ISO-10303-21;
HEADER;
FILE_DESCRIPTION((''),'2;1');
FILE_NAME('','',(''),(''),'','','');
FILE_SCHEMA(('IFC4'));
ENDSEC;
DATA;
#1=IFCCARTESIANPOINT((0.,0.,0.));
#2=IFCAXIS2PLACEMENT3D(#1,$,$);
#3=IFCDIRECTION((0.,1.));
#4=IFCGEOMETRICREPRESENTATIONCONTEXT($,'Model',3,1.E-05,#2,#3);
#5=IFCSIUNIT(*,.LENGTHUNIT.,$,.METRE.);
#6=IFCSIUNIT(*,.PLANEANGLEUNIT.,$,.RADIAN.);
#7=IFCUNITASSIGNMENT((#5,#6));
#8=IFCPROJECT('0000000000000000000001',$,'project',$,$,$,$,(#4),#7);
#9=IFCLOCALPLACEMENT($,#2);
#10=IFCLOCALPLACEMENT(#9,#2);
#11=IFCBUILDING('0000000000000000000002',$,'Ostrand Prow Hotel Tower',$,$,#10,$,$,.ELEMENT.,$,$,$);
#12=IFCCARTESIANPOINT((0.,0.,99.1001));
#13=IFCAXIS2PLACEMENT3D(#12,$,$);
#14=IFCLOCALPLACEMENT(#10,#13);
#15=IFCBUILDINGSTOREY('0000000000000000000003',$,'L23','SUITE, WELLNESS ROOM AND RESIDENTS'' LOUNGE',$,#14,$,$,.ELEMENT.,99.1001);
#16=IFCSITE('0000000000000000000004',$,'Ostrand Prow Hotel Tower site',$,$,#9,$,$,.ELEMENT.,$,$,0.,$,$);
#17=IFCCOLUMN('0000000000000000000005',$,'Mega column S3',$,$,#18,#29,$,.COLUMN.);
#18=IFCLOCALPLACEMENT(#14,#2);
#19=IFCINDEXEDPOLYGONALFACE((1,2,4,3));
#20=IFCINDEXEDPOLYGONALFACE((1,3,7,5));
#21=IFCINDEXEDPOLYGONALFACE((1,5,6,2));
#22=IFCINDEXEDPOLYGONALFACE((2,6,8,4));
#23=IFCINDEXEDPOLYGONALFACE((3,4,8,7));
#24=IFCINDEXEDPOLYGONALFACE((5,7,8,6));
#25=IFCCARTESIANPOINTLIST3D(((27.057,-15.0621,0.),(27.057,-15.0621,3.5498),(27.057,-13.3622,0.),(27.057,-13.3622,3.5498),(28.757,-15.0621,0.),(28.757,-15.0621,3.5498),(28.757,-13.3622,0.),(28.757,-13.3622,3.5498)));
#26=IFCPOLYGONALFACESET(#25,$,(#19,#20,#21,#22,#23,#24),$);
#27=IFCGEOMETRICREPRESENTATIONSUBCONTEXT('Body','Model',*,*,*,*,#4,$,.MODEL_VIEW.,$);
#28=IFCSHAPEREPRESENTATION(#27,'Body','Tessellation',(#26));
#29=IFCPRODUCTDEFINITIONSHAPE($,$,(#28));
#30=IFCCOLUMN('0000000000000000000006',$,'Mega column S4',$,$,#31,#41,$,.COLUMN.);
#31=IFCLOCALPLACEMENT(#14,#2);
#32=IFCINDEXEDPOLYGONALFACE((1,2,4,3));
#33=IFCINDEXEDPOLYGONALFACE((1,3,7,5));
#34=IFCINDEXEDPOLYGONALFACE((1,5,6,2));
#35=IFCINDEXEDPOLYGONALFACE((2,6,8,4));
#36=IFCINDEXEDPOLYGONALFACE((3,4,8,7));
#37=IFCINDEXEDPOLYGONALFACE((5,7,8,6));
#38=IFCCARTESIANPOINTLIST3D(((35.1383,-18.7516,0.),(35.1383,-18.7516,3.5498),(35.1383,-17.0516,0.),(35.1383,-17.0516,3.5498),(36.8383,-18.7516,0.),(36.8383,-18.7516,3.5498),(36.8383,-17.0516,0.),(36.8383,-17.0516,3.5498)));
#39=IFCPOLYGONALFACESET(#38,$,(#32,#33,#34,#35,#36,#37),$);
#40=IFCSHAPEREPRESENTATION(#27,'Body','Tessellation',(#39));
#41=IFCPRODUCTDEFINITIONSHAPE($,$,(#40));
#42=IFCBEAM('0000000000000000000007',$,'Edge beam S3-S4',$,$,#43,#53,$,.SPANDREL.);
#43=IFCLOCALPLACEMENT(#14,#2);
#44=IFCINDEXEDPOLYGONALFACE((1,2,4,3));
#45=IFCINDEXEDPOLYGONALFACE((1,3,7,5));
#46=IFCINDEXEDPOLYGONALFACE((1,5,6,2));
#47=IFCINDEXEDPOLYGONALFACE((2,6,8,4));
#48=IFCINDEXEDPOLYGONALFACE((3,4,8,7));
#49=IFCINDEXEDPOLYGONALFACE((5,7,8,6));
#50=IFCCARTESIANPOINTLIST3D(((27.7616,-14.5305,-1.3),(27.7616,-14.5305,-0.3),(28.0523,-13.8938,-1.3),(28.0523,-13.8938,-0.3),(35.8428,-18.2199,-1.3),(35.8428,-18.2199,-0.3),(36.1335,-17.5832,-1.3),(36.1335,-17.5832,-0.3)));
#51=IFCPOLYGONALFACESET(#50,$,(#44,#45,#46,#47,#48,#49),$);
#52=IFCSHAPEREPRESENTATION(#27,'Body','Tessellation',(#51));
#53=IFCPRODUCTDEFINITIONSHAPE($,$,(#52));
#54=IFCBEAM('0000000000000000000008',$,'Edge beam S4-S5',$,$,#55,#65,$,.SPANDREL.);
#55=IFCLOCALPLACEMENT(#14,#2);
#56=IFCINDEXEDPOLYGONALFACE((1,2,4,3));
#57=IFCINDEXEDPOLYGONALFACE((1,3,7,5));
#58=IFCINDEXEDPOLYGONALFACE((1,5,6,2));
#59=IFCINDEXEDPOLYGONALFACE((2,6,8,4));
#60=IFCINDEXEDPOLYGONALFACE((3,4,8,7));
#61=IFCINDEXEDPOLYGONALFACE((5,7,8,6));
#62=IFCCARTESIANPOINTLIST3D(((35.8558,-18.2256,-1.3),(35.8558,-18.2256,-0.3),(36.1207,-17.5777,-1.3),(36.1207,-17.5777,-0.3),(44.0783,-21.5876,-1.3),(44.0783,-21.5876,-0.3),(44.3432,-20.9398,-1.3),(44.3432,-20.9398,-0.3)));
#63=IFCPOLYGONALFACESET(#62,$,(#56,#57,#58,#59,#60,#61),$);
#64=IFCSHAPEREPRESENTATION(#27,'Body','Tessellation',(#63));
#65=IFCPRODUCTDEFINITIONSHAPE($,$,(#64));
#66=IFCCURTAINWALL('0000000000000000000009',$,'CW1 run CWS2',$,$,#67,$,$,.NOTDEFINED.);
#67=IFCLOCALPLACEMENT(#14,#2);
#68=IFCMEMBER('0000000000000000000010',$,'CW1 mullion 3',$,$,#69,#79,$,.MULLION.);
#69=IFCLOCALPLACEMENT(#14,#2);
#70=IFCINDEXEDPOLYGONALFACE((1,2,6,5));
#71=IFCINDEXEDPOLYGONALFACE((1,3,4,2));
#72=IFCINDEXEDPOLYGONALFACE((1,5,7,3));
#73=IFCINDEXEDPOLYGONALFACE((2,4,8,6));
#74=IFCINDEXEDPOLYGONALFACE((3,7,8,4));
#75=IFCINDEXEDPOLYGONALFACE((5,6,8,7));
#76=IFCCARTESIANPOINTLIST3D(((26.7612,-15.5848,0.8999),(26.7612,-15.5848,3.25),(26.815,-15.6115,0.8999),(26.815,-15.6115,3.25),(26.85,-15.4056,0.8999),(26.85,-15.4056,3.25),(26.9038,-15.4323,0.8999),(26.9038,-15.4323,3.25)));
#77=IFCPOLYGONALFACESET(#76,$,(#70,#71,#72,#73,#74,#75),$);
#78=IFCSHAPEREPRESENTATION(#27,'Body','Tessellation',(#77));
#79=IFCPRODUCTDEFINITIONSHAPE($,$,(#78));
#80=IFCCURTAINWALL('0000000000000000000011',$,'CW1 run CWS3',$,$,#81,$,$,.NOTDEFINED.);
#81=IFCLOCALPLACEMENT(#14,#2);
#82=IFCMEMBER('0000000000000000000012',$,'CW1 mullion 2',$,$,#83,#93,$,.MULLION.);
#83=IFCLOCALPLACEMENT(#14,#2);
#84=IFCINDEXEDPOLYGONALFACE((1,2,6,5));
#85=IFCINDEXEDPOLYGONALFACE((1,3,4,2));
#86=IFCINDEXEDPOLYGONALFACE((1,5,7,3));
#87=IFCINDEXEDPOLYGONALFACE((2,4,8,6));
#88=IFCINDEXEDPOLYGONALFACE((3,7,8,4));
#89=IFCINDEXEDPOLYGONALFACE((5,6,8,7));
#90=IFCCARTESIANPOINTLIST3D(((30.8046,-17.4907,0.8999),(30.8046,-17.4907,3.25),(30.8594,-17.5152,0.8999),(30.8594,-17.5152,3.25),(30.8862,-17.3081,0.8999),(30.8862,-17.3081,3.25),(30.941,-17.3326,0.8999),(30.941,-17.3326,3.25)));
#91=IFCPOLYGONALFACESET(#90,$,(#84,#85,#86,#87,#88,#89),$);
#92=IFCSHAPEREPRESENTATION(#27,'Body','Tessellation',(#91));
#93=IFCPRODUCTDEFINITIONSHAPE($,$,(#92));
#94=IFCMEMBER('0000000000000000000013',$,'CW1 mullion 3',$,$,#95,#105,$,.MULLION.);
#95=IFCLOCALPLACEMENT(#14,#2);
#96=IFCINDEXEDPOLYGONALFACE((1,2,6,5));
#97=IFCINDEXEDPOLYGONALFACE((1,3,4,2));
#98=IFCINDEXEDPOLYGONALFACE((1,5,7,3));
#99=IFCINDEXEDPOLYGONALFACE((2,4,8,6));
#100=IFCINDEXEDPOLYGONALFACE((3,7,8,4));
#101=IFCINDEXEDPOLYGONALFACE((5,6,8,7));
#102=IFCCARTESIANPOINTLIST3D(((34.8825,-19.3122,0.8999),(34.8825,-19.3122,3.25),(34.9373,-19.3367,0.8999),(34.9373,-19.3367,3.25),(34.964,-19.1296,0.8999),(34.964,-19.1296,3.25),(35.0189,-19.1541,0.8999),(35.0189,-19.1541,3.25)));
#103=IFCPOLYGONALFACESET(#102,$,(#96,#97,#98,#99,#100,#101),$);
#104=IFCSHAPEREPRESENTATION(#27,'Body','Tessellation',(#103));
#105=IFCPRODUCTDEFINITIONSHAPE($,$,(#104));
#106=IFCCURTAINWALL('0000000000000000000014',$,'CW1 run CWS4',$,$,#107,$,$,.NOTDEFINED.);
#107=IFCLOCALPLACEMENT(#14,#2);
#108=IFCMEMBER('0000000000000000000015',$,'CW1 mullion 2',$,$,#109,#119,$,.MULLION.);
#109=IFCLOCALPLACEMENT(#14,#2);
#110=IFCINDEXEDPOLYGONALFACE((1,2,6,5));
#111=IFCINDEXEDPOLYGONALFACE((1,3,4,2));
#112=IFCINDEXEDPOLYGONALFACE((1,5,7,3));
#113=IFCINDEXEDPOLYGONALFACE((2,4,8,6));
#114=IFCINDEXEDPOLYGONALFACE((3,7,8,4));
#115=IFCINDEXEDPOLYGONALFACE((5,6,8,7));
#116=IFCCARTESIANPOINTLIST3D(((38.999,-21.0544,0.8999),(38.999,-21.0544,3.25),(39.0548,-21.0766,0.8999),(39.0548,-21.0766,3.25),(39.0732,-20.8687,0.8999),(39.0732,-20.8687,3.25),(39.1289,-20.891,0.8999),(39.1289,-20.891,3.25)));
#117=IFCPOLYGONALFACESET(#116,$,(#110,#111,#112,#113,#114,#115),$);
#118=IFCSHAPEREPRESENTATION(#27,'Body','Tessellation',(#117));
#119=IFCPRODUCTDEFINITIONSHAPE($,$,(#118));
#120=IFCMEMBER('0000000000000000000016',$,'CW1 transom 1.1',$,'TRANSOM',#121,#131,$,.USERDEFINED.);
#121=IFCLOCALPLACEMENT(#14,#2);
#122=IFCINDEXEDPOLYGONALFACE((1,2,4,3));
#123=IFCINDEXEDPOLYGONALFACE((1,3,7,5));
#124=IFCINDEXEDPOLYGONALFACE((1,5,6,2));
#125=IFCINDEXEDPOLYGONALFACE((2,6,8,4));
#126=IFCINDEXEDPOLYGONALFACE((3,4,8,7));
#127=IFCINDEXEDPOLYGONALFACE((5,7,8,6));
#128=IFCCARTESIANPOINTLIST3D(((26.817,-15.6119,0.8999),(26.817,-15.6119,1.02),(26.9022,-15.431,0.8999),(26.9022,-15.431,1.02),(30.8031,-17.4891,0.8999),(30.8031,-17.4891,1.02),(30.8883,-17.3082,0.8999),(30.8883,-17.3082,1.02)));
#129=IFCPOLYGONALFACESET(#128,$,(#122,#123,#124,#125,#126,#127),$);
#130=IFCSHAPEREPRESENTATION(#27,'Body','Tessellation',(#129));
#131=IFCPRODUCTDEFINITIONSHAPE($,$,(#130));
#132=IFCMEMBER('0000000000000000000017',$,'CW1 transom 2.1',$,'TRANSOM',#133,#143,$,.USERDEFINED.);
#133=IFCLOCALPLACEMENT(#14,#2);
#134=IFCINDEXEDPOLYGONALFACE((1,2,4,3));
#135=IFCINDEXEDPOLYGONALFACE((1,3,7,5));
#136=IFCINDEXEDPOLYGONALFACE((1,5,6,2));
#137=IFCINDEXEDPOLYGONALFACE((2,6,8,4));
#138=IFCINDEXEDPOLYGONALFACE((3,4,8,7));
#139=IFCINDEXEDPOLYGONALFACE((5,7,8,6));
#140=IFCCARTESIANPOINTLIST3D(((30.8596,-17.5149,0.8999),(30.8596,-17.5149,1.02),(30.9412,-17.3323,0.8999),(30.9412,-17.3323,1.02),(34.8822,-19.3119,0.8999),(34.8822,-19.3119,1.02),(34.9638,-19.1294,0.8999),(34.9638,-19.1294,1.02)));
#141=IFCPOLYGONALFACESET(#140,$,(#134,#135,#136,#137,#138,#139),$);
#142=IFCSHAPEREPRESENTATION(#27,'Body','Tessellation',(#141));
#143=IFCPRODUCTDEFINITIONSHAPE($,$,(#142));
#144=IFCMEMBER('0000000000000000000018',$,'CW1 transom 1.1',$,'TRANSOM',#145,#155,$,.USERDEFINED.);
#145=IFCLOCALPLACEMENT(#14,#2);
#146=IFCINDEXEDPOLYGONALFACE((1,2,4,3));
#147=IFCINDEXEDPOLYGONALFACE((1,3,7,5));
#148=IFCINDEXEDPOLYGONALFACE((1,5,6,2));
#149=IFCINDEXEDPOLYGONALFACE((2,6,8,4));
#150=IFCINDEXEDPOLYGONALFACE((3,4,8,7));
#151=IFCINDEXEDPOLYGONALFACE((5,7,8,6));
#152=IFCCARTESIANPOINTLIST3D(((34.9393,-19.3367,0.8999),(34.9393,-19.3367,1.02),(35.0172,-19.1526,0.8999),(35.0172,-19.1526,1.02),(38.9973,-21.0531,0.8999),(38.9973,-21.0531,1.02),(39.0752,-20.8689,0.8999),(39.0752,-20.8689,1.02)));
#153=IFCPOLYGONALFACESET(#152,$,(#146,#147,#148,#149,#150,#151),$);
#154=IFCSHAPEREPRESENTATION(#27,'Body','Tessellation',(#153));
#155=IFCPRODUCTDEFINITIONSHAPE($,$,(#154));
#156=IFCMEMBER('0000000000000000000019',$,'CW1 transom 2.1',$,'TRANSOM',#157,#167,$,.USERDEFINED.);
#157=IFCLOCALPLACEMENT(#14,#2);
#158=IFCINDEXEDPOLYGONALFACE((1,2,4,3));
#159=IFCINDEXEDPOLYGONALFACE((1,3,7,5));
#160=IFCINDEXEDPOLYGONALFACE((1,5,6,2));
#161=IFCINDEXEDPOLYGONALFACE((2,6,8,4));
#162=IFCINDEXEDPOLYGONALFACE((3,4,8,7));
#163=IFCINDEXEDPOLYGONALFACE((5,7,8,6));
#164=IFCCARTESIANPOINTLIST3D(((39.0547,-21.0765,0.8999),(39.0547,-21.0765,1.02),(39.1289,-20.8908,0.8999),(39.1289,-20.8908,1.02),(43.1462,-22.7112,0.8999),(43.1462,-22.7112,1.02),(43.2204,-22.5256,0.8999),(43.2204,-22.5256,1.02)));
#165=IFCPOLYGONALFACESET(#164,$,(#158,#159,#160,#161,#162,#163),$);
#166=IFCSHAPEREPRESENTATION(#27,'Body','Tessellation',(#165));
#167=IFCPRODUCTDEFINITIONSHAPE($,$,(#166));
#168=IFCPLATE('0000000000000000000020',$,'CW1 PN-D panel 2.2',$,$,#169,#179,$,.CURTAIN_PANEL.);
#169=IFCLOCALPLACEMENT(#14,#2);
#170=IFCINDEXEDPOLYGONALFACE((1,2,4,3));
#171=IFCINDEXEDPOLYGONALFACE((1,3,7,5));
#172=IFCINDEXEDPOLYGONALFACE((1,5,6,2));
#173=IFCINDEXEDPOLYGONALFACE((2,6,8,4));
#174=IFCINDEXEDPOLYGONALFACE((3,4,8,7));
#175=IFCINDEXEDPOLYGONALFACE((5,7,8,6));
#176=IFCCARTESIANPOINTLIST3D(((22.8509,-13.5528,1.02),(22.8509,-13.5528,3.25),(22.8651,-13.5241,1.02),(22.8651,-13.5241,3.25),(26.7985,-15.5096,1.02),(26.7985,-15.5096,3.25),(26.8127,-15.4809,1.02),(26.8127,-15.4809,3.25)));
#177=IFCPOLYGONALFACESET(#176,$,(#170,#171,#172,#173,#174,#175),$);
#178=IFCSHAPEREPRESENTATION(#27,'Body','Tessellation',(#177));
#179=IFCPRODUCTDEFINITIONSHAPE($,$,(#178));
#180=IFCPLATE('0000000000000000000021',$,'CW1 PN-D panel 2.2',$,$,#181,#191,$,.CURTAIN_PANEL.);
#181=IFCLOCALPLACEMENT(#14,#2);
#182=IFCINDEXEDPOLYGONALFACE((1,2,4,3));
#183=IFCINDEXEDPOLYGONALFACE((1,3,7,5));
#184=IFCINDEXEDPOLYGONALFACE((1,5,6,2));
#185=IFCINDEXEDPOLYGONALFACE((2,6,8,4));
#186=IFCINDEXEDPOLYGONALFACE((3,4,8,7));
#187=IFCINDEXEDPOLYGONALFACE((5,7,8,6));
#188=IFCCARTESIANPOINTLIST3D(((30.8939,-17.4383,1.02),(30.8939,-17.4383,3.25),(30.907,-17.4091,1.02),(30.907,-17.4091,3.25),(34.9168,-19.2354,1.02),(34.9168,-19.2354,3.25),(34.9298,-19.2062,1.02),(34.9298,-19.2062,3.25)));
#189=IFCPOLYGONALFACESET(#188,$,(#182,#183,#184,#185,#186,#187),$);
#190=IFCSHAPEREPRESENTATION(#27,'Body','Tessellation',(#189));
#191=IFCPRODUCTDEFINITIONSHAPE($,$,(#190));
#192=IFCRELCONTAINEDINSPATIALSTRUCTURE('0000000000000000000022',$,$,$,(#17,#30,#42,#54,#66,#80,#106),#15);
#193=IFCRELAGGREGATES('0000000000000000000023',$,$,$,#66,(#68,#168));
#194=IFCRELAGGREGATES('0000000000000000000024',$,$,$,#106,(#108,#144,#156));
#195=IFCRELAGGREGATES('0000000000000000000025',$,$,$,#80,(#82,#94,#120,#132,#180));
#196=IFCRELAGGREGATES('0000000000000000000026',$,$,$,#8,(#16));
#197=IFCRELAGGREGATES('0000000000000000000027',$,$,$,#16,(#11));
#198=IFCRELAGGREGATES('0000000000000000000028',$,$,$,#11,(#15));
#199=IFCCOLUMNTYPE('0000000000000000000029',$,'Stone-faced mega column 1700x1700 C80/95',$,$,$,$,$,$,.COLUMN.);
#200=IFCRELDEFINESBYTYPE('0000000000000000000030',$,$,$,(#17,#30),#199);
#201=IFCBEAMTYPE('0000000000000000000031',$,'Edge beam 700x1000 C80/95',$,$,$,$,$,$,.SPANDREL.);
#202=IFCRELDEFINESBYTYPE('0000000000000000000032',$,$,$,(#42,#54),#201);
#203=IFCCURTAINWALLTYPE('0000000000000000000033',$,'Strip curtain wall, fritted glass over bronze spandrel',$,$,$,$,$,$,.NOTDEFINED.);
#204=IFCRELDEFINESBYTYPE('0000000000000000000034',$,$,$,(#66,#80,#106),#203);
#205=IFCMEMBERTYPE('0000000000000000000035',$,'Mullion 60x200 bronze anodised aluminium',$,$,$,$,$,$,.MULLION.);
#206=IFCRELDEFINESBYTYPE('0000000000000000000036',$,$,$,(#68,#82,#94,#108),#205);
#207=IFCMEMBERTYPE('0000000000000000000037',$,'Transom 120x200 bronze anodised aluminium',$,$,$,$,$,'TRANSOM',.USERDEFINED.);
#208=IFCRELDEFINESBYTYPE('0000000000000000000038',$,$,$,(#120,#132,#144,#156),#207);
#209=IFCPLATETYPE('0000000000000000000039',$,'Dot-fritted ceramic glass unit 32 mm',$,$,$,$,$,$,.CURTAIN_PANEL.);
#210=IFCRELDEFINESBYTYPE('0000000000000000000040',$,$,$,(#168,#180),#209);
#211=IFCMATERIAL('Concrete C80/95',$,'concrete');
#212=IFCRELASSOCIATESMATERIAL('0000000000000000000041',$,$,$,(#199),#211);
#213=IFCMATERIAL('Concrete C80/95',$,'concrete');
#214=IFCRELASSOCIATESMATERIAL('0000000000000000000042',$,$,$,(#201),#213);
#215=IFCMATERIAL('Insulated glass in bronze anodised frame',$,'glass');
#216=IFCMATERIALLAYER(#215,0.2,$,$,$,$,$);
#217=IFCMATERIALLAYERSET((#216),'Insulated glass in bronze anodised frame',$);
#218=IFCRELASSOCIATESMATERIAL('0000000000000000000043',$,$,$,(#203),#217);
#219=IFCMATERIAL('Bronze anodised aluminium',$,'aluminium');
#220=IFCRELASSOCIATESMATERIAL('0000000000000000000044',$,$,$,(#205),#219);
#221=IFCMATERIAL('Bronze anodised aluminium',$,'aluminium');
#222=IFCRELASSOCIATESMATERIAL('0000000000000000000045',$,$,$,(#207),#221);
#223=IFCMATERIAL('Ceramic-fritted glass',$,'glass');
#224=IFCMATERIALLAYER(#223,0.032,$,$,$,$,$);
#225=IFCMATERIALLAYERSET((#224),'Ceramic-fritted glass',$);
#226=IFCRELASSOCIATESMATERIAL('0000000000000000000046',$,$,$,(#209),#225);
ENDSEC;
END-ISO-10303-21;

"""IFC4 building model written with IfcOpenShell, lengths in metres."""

from ifc_helpers import new_model, si_unit, direction, frame, origin, origin_2d, place, context, subcontext, project, spatial, rectangle, extrude, material, layer, layer_set, material_profile, profile_set, type_object, element, aggregate, save


model = new_model("IFC4")

# Units and contexts
model_context = context("Model", 3, precision=1e-05, world=origin(), true_north=direction((0.0, 1.0)))
body_context = subcontext(model_context, "Body", "Model", "MODEL_VIEW")
ifc_project = project(units=[si_unit("LENGTHUNIT", "METRE"), si_unit("PLANEANGLEUNIT", "RADIAN")], contexts=[model_context])

# Site, building, storey
site_placement = place(None, origin())
site = spatial("IfcSite", under=ifc_project, at=site_placement, Name="Ostrand Prow Hotel Tower site", CompositionType="ELEMENT", RefElevation=0.0)
building_placement = place(site_placement, origin())
building = spatial("IfcBuilding", under=site, at=building_placement, Name="Ostrand Prow Hotel Tower", CompositionType="ELEMENT")
storey_placement = place(building_placement, frame((0.0, 0.0, 99.1001)))
storey = spatial("IfcBuildingStorey", under=building, at=storey_placement, Name="L23", Description="SUITE, WELLNESS ROOM AND RESIDENTS' LOUNGE", CompositionType="ELEMENT", Elevation=99.1001)

# Columns
ifc_material_1 = material(Name="Concrete C80/95", Category="concrete")
ifc_material_profile_1 = material_profile(ifc_material_1, rectangle(XDim=1.7, YDim=1.7, at=origin_2d()), Name="RC 1700x1700")
ifc_profile_set_1 = profile_set([ifc_material_profile_1], Name="Concrete C80/95")
column_type = type_object("IfcColumnType", Name="Stone-faced mega column 1700x1700 C80/95", PredefinedType="COLUMN", material=ifc_profile_set_1)
for number, where, z_axis, x_axis, name in (
    (1, (27.907, -14.2122, 0.0), (0.0, 0.0, 1.0), (1.0, 0.0, 0.0), "Mega column S3"),
    (2, (35.9883, -17.9016, 0.0), (0.0, 0.0, 1.0), (1.0, 0.0, 0.0), "Mega column S4"),
):
    element("IfcColumn", number, at=place(storey_placement, frame(where, z_axis=z_axis, x_axis=x_axis)), inside=storey, type_object=column_type, Name=name, PredefinedType="COLUMN", context=body_context, shape_type="SweptSolid", body=[
        extrude(rectangle(XDim=1.7, YDim=1.7, at=origin_2d()), origin(), (0.0, 0.0, 1.0), 3.5498),
    ])

# Beams
ifc_material_2 = material(Name="Concrete C80/95", Category="concrete")
ifc_material_profile_2 = material_profile(ifc_material_2, rectangle(XDim=0.7, YDim=1.0, at=origin_2d()), Name="RC 700x1000")
ifc_profile_set_2 = profile_set([ifc_material_profile_2], Name="Concrete C80/95")
beam_type = type_object("IfcBeamType", Name="Edge beam 700x1000 C80/95", PredefinedType="SPANDREL", material=ifc_profile_set_2)
beam_1_placement = place(storey_placement, frame((27.907, -14.2122, -0.8), z_axis=(0.909681, -0.415308, 0.0), x_axis=(0.415308, 0.909681, 0.0)))
element("IfcBeam", 3, at=beam_1_placement, inside=storey, type_object=beam_type, Name="Edge beam S3-S4", PredefinedType="SPANDREL", context=body_context, shape_type="SweptSolid", body=[
    extrude(rectangle(XDim=0.7, YDim=1.0, at=origin_2d()), origin(), (0.0, 0.0, 1.0), 8.8835),
])
beam_2_placement = place(storey_placement, frame((35.9883, -17.9016, -0.8), z_axis=(0.925612, -0.378473, 0.0), x_axis=(0.378473, 0.925612, 0.0)))
element("IfcBeam", 4, at=beam_2_placement, inside=storey, type_object=beam_type, Name="Edge beam S4-S5", PredefinedType="SPANDREL", context=body_context, shape_type="SweptSolid", body=[
    extrude(rectangle(XDim=0.7, YDim=1.0, at=origin_2d()), origin(), (0.0, 0.0, 1.0), 8.8833),
])

# Curtain wall, member
ifc_material_3 = material(Name="Insulated glass in bronze anodised frame", Category="glass")
ifc_layer_1 = layer(ifc_material_3, 0.2)
ifc_layer_set_1 = layer_set([ifc_layer_1], Name="Insulated glass in bronze anodised frame")
curtain_wall_type = type_object("IfcCurtainWallType", Name="Strip curtain wall, fritted glass over bronze spandrel", PredefinedType="NOTDEFINED", material=ifc_layer_set_1)
curtain_wall_1_placement = place(storey_placement, origin())
curtain_wall_1 = element("IfcCurtainWall", 5, at=curtain_wall_1_placement, inside=storey, type_object=curtain_wall_type, Name="CW1 run CWS2", PredefinedType="NOTDEFINED")
ifc_material_4 = material(Name="Bronze anodised aluminium", Category="aluminium")
ifc_material_profile_3 = material_profile(ifc_material_4, rectangle(XDim=0.2, YDim=0.0601, at=origin_2d()), Name="Mullion 60x200 bronze anodised aluminium")
ifc_profile_set_3 = profile_set([ifc_material_profile_3], Name="Bronze anodised aluminium")
member_type_1 = type_object("IfcMemberType", Name="Mullion 60x200 bronze anodised aluminium", PredefinedType="MULLION", material=ifc_profile_set_3)
member_1_placement = place(storey_placement, frame((26.8325, -15.5085, 0.8999), z_axis=(0.0, 0.0, 1.0), x_axis=(0.444113, 0.895971, 0.0)))
member_1 = element("IfcMember", 6, at=member_1_placement, type_object=member_type_1, Name="CW1 mullion 3", PredefinedType="MULLION", context=body_context, shape_type="SweptSolid", body=[
    extrude(rectangle(XDim=0.2, YDim=0.0601, at=origin_2d()), origin(), (0.0, 0.0, 1.0), 2.3501),
])

# Curtain wall, members
curtain_wall_2_placement = place(storey_placement, origin())
curtain_wall_2 = element("IfcCurtainWall", 7, at=curtain_wall_2_placement, inside=storey, type_object=curtain_wall_type, Name="CW1 run CWS3", PredefinedType="NOTDEFINED")
member_2_placement = place(storey_placement, frame((30.8728, -17.4116, 0.8999), z_axis=(0.0, 0.0, 1.0), x_axis=(0.407875, 0.913038, 0.0)))
member_2 = element("IfcMember", 8, at=member_2_placement, type_object=member_type_1, Name="CW1 mullion 2", PredefinedType="MULLION", context=body_context, shape_type="SweptSolid", body=[
    extrude(rectangle(XDim=0.2, YDim=0.0601, at=origin_2d()), origin(), (0.0, 0.0, 1.0), 2.3501),
])
member_3_placement = place(storey_placement, frame((34.9507, -19.2332, 0.8999), z_axis=(0.0, 0.0, 1.0), x_axis=(0.407875, 0.913038, 0.0)))
member_3 = element("IfcMember", 9, at=member_3_placement, type_object=member_type_1, Name="CW1 mullion 3", PredefinedType="MULLION", context=body_context, shape_type="SweptSolid", body=[
    extrude(rectangle(XDim=0.2, YDim=0.0601, at=origin_2d()), origin(), (0.0, 0.0, 1.0), 2.3501),
])

# Curtain wall, member
curtain_wall_3_placement = place(storey_placement, origin())
curtain_wall_3 = element("IfcCurtainWall", 10, at=curtain_wall_3_placement, inside=storey, type_object=curtain_wall_type, Name="CW1 run CWS4", PredefinedType="NOTDEFINED")
member_4_placement = place(storey_placement, frame((39.064, -20.9727, 0.8999), z_axis=(0.0, 0.0, 1.0), x_axis=(0.370982, 0.92864, 0.0)))
member_4 = element("IfcMember", 11, at=member_4_placement, type_object=member_type_1, Name="CW1 mullion 2", PredefinedType="MULLION", context=body_context, shape_type="SweptSolid", body=[
    extrude(rectangle(XDim=0.2, YDim=0.0601, at=origin_2d()), origin(), (0.0, 0.0, 1.0), 2.3501),
])

# Members
ifc_material_5 = material(Name="Bronze anodised aluminium", Category="aluminium")
ifc_material_profile_4 = material_profile(ifc_material_5, rectangle(XDim=0.2, YDim=0.1201, at=origin_2d()), Name="Transom 120x200 bronze anodised aluminium")
ifc_profile_set_4 = profile_set([ifc_material_profile_4], Name="Bronze anodised aluminium")
member_type_2 = type_object("IfcMemberType", Name="Transom 120x200 bronze anodised aluminium", ElementType="TRANSOM", PredefinedType="USERDEFINED", material=ifc_profile_set_4)
member_5_placement = place(storey_placement, frame((26.8596, -15.5215, 0.96), z_axis=(0.904697, -0.426056, 0.0), x_axis=(0.426056, 0.904697, 0.0)))
member_5 = element("IfcMember", 12, at=member_5_placement, type_object=member_type_2, Name="CW1 transom 1.1", ObjectType="TRANSOM", PredefinedType="USERDEFINED", context=body_context, shape_type="SweptSolid", body=[
    extrude(rectangle(XDim=0.2, YDim=0.1201, at=origin_2d()), origin(), (0.0, 0.0, 1.0), 4.406),
])
member_6_placement = place(storey_placement, frame((30.9004, -17.4236, 0.96), z_axis=(0.913031, -0.407891, 0.0), x_axis=(0.407891, 0.913031, 0.0)))
member_6 = element("IfcMember", 13, at=member_6_placement, type_object=member_type_2, Name="CW1 transom 2.1", ObjectType="TRANSOM", PredefinedType="USERDEFINED", context=body_context, shape_type="SweptSolid", body=[
    extrude(rectangle(XDim=0.2, YDim=0.1201, at=origin_2d()), origin(), (0.0, 0.0, 1.0), 4.4058),
])
member_7_placement = place(storey_placement, frame((34.9783, -19.2446, 0.96), z_axis=(0.921006, -0.389548, 0.0), x_axis=(0.389548, 0.921006, 0.0)))
member_7 = element("IfcMember", 14, at=member_7_placement, type_object=member_type_2, Name="CW1 transom 1.1", ObjectType="TRANSOM", PredefinedType="USERDEFINED", context=body_context, shape_type="SweptSolid", body=[
    extrude(rectangle(XDim=0.2, YDim=0.1201, at=origin_2d()), origin(), (0.0, 0.0, 1.0), 4.406),
])
member_8_placement = place(storey_placement, frame((39.0918, -20.9836, 0.96), z_axis=(0.928622, -0.371028, 0.0), x_axis=(0.371028, 0.928622, 0.0)))
member_8 = element("IfcMember", 15, at=member_8_placement, type_object=member_type_2, Name="CW1 transom 2.1", ObjectType="TRANSOM", PredefinedType="USERDEFINED", context=body_context, shape_type="SweptSolid", body=[
    extrude(rectangle(XDim=0.2, YDim=0.1201, at=origin_2d()), origin(), (0.0, 0.0, 1.0), 4.406),
])

# Plates
ifc_material_6 = material(Name="Ceramic-fritted glass", Category="glass")
ifc_layer_2 = layer(ifc_material_6, 0.032)
ifc_layer_set_2 = layer_set([ifc_layer_2], Name="Ceramic-fritted glass")
plate_type_1 = type_object("IfcPlateType", Name="Dot-fritted ceramic glass unit 32 mm", PredefinedType="CURTAIN_PANEL", material=ifc_layer_set_2)
plate_1_placement = place(storey_placement, frame((24.8318, -14.5168, 1.02), z_axis=(0.0, 0.0, 1.0), x_axis=(0.895971, -0.444113, 0.0)))
plate_1 = element("IfcPlate", 16, at=plate_1_placement, type_object=plate_type_1, Name="CW1 PN-D panel 2.2", PredefinedType="CURTAIN_PANEL", context=body_context, shape_type="SweptSolid", body=[
    extrude(rectangle(XDim=4.406, YDim=0.032, at=origin_2d()), origin(), (0.0, 0.0, 1.0), 2.23),
])
aggregate(curtain_wall_1, [member_1, plate_1])
plate_2_placement = place(storey_placement, frame((32.9119, -18.3223, 1.02), z_axis=(0.0, 0.0, 1.0), x_axis=(0.913038, -0.407875, 0.0)))
plate_2 = element("IfcPlate", 17, at=plate_2_placement, type_object=plate_type_1, Name="CW1 PN-D panel 2.2", PredefinedType="CURTAIN_PANEL", context=body_context, shape_type="SweptSolid", body=[
    extrude(rectangle(XDim=4.406, YDim=0.032, at=origin_2d()), origin(), (0.0, 0.0, 1.0), 2.23),
])
aggregate(curtain_wall_3, [member_4, member_7, member_8])
aggregate(curtain_wall_2, [member_2, member_3, member_5, member_6, plate_2])

save(model, "model.ifc")
